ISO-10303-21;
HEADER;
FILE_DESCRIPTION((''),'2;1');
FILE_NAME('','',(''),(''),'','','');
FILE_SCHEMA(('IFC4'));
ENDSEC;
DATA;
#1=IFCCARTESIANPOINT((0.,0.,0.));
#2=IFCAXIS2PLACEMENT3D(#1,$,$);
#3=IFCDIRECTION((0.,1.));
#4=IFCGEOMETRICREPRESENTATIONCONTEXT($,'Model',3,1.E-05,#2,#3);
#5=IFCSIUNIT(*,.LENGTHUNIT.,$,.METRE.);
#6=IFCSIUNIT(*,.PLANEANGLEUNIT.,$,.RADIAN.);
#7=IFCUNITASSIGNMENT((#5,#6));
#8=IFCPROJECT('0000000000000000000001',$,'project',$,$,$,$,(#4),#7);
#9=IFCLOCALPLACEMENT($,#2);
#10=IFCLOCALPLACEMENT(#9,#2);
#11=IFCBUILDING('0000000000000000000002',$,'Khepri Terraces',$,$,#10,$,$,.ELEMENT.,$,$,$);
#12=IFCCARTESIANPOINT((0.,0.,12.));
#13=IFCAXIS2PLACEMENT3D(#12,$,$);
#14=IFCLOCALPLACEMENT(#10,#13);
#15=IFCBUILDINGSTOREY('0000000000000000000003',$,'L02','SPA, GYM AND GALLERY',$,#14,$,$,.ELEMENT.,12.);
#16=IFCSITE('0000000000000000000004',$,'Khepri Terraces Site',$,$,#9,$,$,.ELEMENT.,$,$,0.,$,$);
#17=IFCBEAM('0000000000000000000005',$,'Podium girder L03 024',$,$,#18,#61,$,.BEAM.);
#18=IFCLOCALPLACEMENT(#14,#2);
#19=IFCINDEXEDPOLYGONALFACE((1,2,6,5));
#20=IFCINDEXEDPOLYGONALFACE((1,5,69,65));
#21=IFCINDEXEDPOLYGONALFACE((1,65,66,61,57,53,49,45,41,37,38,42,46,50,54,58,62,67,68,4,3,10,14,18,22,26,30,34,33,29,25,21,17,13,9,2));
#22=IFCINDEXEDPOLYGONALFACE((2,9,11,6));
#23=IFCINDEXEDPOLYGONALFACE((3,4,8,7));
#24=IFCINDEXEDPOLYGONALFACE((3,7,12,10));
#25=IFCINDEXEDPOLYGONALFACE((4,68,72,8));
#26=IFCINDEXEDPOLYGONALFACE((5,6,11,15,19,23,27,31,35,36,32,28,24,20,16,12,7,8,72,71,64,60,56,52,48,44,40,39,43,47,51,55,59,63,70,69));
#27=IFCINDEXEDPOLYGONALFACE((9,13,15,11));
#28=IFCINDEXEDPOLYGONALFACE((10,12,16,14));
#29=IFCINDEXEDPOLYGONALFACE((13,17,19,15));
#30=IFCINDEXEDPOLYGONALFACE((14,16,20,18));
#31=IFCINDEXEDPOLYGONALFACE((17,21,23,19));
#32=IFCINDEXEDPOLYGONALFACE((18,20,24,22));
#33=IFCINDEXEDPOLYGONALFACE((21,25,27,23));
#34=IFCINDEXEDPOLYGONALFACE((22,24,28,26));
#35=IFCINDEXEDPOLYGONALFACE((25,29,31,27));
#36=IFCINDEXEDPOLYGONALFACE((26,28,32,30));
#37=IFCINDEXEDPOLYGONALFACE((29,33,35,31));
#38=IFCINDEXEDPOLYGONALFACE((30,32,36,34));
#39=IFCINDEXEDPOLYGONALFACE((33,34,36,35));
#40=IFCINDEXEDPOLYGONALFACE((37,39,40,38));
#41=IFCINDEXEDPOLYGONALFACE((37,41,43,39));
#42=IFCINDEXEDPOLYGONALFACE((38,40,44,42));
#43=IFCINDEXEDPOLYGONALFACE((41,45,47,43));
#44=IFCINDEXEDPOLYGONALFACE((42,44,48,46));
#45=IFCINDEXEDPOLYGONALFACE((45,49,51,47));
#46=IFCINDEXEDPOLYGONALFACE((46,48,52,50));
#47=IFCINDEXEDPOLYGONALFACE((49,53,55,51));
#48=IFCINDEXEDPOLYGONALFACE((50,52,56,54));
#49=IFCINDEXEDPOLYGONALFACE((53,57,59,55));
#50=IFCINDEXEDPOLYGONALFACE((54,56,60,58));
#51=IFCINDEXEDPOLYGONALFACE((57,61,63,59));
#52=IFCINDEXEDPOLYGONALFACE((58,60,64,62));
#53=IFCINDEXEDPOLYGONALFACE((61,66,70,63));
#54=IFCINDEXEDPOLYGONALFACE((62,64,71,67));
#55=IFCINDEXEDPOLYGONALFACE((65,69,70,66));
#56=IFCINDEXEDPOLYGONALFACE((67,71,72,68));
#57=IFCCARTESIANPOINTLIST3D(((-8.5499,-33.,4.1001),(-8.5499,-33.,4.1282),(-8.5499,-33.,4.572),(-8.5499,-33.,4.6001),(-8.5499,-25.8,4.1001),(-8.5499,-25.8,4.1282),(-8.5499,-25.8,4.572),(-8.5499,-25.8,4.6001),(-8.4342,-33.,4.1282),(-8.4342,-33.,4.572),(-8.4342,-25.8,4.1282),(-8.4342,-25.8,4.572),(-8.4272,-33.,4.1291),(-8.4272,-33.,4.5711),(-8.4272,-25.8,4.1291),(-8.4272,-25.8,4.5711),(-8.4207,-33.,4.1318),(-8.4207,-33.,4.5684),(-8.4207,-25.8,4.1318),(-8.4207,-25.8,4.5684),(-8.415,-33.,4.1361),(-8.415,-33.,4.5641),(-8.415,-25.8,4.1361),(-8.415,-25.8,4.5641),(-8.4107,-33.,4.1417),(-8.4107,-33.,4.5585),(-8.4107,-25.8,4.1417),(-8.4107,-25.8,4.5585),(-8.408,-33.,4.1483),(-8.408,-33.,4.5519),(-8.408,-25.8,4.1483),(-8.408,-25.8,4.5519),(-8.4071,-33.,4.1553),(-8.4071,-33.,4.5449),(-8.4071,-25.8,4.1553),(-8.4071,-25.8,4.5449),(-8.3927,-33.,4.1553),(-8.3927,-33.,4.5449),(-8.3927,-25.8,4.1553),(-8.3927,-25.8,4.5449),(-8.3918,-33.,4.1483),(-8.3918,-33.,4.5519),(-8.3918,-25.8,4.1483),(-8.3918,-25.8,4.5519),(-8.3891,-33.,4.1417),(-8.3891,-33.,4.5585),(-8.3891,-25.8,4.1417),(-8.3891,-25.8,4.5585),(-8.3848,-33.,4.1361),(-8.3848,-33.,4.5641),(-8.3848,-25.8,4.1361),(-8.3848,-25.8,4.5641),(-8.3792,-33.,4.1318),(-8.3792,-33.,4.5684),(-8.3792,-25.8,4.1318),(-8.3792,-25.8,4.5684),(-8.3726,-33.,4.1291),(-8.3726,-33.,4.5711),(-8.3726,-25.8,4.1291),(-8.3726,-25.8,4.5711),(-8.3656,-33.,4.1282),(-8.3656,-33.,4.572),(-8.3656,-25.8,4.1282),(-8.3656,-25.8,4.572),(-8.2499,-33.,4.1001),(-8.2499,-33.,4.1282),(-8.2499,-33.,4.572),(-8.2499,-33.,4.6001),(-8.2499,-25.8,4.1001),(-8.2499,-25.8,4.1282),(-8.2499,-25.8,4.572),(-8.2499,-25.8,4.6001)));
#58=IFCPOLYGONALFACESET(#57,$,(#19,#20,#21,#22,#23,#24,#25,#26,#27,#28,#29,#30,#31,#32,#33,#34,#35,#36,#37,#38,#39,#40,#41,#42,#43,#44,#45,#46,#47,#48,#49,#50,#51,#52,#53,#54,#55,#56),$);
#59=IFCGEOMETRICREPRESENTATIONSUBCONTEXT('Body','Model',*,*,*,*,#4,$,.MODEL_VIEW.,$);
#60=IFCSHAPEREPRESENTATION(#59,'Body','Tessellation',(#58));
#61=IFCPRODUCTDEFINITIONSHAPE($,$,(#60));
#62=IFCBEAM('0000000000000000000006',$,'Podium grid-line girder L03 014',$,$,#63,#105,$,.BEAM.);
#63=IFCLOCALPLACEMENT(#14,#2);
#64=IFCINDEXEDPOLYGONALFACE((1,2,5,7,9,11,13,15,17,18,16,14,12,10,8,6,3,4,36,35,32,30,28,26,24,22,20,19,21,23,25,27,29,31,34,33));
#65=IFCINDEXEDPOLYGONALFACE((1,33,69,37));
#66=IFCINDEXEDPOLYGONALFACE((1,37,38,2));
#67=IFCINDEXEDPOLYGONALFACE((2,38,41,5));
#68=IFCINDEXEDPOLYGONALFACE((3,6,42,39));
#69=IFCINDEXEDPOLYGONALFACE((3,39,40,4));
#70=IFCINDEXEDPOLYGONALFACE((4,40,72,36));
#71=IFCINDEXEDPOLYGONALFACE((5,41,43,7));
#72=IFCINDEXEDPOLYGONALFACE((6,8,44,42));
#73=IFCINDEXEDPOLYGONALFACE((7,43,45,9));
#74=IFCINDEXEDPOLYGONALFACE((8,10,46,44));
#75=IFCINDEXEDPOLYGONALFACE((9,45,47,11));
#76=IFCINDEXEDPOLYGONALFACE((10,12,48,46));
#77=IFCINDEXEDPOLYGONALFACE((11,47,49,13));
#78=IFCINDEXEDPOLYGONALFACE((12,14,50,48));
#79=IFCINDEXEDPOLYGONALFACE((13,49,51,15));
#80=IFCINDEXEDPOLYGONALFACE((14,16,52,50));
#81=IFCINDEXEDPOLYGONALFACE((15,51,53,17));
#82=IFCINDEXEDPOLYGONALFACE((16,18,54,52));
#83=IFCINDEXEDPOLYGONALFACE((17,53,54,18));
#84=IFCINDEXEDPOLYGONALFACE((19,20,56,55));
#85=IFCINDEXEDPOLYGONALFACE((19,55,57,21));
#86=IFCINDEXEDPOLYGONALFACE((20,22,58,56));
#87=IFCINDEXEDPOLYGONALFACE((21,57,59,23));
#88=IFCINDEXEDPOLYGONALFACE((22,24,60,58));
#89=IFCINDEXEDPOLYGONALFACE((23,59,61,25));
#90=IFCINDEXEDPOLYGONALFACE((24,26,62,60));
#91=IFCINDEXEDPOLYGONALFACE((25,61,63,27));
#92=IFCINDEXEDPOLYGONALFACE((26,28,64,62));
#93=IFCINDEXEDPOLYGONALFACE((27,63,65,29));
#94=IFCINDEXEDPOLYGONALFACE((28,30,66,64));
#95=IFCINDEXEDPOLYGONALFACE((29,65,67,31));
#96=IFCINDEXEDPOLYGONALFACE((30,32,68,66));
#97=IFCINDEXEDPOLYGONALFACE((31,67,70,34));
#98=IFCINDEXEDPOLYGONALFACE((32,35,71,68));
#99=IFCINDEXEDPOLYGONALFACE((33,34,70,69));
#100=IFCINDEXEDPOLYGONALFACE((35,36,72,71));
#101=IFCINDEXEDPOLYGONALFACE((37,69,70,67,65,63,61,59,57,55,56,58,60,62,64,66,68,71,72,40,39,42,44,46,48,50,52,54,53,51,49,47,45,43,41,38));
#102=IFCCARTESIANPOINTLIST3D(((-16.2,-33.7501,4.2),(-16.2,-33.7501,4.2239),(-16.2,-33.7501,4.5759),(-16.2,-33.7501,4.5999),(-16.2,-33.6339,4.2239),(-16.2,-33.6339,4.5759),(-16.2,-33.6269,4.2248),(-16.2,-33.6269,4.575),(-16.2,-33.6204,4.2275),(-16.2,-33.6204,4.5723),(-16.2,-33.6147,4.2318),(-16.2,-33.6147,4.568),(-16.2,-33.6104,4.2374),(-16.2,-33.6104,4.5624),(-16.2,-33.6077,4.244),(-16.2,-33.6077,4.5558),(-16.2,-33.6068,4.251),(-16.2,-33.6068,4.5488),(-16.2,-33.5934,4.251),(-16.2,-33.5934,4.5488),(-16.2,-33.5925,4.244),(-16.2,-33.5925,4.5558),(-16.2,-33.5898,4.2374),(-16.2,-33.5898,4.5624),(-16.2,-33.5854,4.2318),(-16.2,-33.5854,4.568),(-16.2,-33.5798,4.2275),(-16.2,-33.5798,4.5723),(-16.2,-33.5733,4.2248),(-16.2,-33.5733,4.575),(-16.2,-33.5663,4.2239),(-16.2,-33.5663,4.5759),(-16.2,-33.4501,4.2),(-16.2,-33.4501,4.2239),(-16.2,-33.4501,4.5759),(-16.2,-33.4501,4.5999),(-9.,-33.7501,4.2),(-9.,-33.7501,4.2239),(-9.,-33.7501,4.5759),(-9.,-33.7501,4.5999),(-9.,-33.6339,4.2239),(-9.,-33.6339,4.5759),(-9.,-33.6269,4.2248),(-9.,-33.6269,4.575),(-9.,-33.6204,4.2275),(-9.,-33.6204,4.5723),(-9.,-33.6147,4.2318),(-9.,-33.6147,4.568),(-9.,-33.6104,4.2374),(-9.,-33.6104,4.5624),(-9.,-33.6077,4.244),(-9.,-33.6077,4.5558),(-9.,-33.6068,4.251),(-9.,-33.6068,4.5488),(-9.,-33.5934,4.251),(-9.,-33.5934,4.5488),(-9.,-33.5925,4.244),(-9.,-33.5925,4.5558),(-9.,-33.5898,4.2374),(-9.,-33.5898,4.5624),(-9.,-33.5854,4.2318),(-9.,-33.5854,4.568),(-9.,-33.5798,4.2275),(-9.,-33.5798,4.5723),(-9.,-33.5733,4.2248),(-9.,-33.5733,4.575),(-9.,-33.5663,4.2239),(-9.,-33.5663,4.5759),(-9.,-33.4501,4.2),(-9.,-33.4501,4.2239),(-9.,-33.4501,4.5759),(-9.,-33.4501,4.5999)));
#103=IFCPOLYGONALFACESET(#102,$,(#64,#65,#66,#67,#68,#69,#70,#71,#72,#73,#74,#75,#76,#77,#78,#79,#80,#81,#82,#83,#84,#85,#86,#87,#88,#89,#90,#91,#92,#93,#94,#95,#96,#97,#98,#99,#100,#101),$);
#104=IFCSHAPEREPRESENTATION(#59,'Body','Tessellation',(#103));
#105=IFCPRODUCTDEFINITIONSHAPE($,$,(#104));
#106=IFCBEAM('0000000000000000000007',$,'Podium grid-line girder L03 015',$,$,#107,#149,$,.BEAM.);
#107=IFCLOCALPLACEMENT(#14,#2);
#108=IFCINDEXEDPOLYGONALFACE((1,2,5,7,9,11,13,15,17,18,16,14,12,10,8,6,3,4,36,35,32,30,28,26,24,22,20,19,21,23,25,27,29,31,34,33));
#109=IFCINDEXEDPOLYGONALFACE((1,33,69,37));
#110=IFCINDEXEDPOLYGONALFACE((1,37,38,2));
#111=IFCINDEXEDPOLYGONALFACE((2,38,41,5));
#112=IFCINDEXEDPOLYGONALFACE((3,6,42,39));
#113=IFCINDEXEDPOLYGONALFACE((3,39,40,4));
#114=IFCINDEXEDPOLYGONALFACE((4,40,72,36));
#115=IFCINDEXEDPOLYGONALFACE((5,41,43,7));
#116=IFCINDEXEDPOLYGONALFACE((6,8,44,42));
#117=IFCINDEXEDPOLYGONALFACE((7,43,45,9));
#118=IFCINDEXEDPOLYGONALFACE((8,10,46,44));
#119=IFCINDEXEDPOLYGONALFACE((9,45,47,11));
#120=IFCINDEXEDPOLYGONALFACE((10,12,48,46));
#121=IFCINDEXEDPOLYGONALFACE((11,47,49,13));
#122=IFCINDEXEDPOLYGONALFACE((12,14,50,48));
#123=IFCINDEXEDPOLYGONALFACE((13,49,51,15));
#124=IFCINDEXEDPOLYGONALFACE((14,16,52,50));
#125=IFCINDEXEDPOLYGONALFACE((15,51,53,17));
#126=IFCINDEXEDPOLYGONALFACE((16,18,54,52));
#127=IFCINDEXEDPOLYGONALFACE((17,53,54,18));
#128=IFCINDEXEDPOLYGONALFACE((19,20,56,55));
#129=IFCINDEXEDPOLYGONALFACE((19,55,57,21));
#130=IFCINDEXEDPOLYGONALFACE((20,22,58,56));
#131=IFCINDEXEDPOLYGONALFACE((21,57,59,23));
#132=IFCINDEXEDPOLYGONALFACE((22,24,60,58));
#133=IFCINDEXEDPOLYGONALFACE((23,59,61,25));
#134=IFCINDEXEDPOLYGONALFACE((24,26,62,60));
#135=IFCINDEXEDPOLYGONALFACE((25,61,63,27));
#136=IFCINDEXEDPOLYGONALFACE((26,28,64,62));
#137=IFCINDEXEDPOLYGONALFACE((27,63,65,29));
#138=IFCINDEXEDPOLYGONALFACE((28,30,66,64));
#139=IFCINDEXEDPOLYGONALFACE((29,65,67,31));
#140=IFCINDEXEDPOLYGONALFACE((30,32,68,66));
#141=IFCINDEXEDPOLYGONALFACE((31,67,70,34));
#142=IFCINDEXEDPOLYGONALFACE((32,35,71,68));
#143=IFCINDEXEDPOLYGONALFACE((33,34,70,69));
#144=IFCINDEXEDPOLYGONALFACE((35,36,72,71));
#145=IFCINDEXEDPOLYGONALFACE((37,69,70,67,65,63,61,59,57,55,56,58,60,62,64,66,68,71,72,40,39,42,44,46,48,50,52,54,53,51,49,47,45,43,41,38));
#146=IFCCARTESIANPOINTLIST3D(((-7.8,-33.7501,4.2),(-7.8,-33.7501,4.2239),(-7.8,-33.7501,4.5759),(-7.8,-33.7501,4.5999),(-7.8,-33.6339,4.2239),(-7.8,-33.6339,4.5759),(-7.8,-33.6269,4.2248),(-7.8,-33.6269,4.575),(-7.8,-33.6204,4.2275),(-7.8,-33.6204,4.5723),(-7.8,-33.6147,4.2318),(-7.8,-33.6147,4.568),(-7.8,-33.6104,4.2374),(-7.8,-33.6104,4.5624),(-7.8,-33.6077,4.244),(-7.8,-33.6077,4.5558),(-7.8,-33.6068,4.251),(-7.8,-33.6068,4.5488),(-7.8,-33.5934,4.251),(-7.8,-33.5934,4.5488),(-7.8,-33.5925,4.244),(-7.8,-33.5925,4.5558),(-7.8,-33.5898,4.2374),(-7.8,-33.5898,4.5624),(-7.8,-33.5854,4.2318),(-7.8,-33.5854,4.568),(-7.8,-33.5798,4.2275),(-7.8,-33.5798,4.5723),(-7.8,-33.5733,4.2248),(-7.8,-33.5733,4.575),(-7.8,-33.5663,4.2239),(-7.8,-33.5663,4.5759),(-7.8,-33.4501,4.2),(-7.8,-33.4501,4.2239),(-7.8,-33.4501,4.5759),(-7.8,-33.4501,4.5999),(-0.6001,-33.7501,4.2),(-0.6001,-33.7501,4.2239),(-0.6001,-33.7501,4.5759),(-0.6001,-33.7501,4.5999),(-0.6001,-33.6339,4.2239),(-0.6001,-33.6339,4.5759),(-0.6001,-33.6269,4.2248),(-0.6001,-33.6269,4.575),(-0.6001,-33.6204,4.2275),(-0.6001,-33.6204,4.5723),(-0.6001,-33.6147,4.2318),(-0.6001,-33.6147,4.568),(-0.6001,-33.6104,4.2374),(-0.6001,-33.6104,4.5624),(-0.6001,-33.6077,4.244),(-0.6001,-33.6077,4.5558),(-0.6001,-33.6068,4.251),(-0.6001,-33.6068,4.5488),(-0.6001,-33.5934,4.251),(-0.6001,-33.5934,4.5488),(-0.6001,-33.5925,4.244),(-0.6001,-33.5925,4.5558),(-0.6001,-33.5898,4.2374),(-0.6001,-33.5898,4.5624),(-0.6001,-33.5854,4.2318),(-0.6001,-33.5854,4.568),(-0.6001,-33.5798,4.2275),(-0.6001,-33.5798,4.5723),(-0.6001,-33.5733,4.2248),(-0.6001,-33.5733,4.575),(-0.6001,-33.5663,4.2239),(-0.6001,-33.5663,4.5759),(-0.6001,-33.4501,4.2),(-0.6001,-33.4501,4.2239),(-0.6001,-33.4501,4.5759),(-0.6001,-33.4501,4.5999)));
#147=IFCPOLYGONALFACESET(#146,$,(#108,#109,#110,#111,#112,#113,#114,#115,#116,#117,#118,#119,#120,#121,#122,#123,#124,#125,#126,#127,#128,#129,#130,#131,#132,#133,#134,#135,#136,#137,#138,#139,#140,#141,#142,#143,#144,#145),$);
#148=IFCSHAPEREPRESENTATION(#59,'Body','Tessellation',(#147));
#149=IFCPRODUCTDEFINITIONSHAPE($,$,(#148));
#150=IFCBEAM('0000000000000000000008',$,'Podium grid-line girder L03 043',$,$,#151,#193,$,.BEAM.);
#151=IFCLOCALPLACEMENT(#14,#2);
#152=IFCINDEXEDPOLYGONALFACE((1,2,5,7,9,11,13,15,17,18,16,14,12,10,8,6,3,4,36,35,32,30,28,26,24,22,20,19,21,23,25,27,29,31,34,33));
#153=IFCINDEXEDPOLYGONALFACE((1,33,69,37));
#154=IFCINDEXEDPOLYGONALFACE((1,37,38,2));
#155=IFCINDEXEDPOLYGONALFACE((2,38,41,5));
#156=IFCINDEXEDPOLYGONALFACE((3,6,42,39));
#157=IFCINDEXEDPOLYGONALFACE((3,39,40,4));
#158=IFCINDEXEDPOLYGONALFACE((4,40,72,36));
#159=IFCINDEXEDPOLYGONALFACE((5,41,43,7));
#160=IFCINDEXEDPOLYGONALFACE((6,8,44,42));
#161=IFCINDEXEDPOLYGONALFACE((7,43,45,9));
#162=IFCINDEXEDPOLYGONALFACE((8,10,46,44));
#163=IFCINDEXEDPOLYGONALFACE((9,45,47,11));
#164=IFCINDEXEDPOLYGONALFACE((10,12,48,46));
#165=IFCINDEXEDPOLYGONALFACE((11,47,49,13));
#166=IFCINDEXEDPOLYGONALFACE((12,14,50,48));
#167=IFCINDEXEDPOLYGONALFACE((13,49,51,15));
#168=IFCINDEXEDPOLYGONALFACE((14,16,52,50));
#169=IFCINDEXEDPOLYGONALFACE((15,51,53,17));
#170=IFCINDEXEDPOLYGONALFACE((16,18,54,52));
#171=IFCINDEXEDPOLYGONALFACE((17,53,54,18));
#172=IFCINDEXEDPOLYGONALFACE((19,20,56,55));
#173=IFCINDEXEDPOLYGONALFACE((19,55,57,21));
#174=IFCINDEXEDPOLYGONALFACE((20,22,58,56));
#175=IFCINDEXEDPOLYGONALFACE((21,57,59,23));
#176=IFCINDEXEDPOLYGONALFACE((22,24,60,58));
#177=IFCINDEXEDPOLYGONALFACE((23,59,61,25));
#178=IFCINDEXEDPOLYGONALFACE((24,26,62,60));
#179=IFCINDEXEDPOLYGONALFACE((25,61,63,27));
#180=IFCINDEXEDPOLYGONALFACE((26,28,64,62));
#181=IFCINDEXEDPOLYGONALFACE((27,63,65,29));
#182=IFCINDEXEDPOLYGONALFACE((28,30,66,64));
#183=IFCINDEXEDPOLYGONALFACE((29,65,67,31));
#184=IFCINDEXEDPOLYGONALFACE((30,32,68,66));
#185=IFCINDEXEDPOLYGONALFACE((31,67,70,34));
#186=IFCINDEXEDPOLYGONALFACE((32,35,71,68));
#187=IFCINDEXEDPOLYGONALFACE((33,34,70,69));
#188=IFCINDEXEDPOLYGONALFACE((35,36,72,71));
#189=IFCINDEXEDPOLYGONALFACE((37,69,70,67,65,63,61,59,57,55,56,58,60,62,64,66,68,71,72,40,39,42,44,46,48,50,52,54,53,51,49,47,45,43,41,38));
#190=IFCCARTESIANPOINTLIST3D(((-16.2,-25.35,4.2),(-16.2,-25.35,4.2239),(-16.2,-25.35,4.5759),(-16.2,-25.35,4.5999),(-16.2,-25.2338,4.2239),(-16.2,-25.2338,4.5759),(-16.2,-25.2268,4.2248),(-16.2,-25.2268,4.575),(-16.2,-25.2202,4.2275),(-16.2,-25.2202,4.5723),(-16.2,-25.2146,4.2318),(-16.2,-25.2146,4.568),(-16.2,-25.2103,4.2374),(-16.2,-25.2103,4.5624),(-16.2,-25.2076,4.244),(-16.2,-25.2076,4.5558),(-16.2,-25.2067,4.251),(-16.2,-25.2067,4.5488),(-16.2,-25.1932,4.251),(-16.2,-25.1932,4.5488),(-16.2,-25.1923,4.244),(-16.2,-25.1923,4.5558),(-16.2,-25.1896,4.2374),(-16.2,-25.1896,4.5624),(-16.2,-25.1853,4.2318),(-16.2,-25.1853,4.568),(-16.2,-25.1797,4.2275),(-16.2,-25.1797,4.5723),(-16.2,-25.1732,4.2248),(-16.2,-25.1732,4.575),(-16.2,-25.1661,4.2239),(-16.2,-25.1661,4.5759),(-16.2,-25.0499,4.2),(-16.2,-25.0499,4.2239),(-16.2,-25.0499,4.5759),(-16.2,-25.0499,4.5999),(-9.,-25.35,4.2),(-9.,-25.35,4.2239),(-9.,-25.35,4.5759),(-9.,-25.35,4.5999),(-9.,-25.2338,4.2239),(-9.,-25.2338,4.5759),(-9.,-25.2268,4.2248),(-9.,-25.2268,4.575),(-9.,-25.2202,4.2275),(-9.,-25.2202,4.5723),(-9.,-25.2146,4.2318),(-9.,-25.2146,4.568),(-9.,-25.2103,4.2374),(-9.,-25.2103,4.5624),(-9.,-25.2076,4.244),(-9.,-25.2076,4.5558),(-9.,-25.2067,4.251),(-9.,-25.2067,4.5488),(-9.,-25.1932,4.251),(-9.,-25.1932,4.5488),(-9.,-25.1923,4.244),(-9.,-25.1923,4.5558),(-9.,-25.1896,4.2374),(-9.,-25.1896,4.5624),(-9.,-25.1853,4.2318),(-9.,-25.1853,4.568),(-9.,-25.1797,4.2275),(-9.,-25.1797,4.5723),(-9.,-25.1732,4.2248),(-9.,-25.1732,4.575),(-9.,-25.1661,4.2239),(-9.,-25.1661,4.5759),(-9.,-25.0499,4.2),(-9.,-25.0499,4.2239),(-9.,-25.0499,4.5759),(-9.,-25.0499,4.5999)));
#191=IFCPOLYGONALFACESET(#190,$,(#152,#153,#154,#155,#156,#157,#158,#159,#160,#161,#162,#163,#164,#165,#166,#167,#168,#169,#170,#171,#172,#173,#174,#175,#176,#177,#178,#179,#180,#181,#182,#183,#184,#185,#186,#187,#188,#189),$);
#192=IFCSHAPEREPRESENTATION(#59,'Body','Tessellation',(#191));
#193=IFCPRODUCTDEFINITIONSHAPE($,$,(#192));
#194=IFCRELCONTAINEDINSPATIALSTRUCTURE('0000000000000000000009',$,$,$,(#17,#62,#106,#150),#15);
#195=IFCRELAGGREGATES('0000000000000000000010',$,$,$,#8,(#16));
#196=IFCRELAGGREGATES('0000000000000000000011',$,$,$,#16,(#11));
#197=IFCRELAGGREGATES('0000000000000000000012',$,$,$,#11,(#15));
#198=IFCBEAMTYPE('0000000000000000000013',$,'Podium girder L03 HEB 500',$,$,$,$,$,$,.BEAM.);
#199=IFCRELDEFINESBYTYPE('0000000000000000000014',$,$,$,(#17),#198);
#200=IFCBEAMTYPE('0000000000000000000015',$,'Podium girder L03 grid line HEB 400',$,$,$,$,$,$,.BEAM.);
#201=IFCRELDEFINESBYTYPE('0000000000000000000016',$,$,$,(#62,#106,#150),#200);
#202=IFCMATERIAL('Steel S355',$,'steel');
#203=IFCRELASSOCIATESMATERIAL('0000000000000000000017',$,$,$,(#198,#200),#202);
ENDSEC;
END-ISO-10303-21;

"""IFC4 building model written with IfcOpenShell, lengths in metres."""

from ifc_helpers import new_model, si_unit, direction, frame, origin, origin_2d, place, context, subcontext, project, spatial, i_section, extrude, material, material_profile, profile_set, type_object, element, save


model = new_model("IFC4")

# Units and contexts
model_context = context("Model", 3, precision=1e-05, world=origin(), true_north=direction((0.0, 1.0)))
body_context = subcontext(model_context, "Body", "Model", "MODEL_VIEW")
ifc_project = project(units=[si_unit("LENGTHUNIT", "METRE"), si_unit("PLANEANGLEUNIT", "RADIAN")], contexts=[model_context])

# Site, building, storey
site_placement = place(None, origin())
site = spatial("IfcSite", under=ifc_project, at=site_placement, Name="Khepri Terraces Site", CompositionType="ELEMENT", RefElevation=0.0)
building_placement = place(site_placement, origin())
building = spatial("IfcBuilding", under=site, at=building_placement, Name="Khepri Terraces", CompositionType="ELEMENT")
storey_placement = place(building_placement, frame((0.0, 0.0, 12.0)))
storey = spatial("IfcBuildingStorey", under=building, at=storey_placement, Name="L02", Description="SPA, GYM AND GALLERY", CompositionType="ELEMENT", Elevation=12.0)

# Beams
ifc_material_1 = material(Name="Steel S355", Category="steel")
ifc_material_profile_1 = material_profile(ifc_material_1, i_section(OverallWidth=0.3, OverallDepth=0.5, WebThickness=0.0144, FlangeThickness=0.0281, FilletRadius=0.0271, at=origin_2d()), Name="Steel S355", Category="steel")
ifc_profile_set_1 = profile_set([ifc_material_profile_1], Name="Steel S355")
beam_type_1 = type_object("IfcBeamType", Name="Podium girder L03 HEB 500", PredefinedType="BEAM", material=ifc_profile_set_1)
beam_1_placement = place(storey_placement, frame((-8.3999, -33.0, 4.3501), z_axis=(0.0, 1.0, 0.0), x_axis=(-1.0, 0.0, 0.0)))
element("IfcBeam", 1, at=beam_1_placement, inside=storey, type_object=beam_type_1, Name="Podium girder L03 024", PredefinedType="BEAM", context=body_context, shape_type="SweptSolid", body=[
    extrude(i_section(OverallWidth=0.3, OverallDepth=0.5, WebThickness=0.0144, FlangeThickness=0.0281, FilletRadius=0.0271, at=origin_2d()), origin(), (0.0, 0.0, 1.0), 7.2),
])
ifc_material_profile_2 = material_profile(ifc_material_1, i_section(OverallWidth=0.3, OverallDepth=0.3999, WebThickness=0.0134, FlangeThickness=0.0239, FilletRadius=0.0271, at=origin_2d()), Name="Steel S355", Category="steel")
ifc_profile_set_2 = profile_set([ifc_material_profile_2], Name="Steel S355")
beam_type_2 = type_object("IfcBeamType", Name="Podium girder L03 grid line HEB 400", PredefinedType="BEAM", material=ifc_profile_set_2)
for number, where, z_axis, x_axis, name in (
    (2, (-16.2, -33.6001, 4.3999), (1.0, 0.0, 0.0), (0.0, 1.0, 0.0), "Podium grid-line girder L03 014"),
    (3, (-7.8, -33.6001, 4.3999), (1.0, 0.0, 0.0), (0.0, 1.0, 0.0), "Podium grid-line girder L03 015"),
    (4, (-16.2, -25.2, 4.3999), (1.0, 0.0, 0.0), (0.0, 1.0, 0.0), "Podium grid-line girder L03 043"),
):
    element("IfcBeam", number, at=place(storey_placement, frame(where, z_axis=z_axis, x_axis=x_axis)), inside=storey, type_object=beam_type_2, Name=name, PredefinedType="BEAM", context=body_context, shape_type="SweptSolid", body=[
        extrude(i_section(OverallWidth=0.3, OverallDepth=0.3999, WebThickness=0.0134, FlangeThickness=0.0239, FilletRadius=0.0271, at=origin_2d()), origin(), (0.0, 0.0, 1.0), 7.2),
    ])

save(model, "model.ifc")
